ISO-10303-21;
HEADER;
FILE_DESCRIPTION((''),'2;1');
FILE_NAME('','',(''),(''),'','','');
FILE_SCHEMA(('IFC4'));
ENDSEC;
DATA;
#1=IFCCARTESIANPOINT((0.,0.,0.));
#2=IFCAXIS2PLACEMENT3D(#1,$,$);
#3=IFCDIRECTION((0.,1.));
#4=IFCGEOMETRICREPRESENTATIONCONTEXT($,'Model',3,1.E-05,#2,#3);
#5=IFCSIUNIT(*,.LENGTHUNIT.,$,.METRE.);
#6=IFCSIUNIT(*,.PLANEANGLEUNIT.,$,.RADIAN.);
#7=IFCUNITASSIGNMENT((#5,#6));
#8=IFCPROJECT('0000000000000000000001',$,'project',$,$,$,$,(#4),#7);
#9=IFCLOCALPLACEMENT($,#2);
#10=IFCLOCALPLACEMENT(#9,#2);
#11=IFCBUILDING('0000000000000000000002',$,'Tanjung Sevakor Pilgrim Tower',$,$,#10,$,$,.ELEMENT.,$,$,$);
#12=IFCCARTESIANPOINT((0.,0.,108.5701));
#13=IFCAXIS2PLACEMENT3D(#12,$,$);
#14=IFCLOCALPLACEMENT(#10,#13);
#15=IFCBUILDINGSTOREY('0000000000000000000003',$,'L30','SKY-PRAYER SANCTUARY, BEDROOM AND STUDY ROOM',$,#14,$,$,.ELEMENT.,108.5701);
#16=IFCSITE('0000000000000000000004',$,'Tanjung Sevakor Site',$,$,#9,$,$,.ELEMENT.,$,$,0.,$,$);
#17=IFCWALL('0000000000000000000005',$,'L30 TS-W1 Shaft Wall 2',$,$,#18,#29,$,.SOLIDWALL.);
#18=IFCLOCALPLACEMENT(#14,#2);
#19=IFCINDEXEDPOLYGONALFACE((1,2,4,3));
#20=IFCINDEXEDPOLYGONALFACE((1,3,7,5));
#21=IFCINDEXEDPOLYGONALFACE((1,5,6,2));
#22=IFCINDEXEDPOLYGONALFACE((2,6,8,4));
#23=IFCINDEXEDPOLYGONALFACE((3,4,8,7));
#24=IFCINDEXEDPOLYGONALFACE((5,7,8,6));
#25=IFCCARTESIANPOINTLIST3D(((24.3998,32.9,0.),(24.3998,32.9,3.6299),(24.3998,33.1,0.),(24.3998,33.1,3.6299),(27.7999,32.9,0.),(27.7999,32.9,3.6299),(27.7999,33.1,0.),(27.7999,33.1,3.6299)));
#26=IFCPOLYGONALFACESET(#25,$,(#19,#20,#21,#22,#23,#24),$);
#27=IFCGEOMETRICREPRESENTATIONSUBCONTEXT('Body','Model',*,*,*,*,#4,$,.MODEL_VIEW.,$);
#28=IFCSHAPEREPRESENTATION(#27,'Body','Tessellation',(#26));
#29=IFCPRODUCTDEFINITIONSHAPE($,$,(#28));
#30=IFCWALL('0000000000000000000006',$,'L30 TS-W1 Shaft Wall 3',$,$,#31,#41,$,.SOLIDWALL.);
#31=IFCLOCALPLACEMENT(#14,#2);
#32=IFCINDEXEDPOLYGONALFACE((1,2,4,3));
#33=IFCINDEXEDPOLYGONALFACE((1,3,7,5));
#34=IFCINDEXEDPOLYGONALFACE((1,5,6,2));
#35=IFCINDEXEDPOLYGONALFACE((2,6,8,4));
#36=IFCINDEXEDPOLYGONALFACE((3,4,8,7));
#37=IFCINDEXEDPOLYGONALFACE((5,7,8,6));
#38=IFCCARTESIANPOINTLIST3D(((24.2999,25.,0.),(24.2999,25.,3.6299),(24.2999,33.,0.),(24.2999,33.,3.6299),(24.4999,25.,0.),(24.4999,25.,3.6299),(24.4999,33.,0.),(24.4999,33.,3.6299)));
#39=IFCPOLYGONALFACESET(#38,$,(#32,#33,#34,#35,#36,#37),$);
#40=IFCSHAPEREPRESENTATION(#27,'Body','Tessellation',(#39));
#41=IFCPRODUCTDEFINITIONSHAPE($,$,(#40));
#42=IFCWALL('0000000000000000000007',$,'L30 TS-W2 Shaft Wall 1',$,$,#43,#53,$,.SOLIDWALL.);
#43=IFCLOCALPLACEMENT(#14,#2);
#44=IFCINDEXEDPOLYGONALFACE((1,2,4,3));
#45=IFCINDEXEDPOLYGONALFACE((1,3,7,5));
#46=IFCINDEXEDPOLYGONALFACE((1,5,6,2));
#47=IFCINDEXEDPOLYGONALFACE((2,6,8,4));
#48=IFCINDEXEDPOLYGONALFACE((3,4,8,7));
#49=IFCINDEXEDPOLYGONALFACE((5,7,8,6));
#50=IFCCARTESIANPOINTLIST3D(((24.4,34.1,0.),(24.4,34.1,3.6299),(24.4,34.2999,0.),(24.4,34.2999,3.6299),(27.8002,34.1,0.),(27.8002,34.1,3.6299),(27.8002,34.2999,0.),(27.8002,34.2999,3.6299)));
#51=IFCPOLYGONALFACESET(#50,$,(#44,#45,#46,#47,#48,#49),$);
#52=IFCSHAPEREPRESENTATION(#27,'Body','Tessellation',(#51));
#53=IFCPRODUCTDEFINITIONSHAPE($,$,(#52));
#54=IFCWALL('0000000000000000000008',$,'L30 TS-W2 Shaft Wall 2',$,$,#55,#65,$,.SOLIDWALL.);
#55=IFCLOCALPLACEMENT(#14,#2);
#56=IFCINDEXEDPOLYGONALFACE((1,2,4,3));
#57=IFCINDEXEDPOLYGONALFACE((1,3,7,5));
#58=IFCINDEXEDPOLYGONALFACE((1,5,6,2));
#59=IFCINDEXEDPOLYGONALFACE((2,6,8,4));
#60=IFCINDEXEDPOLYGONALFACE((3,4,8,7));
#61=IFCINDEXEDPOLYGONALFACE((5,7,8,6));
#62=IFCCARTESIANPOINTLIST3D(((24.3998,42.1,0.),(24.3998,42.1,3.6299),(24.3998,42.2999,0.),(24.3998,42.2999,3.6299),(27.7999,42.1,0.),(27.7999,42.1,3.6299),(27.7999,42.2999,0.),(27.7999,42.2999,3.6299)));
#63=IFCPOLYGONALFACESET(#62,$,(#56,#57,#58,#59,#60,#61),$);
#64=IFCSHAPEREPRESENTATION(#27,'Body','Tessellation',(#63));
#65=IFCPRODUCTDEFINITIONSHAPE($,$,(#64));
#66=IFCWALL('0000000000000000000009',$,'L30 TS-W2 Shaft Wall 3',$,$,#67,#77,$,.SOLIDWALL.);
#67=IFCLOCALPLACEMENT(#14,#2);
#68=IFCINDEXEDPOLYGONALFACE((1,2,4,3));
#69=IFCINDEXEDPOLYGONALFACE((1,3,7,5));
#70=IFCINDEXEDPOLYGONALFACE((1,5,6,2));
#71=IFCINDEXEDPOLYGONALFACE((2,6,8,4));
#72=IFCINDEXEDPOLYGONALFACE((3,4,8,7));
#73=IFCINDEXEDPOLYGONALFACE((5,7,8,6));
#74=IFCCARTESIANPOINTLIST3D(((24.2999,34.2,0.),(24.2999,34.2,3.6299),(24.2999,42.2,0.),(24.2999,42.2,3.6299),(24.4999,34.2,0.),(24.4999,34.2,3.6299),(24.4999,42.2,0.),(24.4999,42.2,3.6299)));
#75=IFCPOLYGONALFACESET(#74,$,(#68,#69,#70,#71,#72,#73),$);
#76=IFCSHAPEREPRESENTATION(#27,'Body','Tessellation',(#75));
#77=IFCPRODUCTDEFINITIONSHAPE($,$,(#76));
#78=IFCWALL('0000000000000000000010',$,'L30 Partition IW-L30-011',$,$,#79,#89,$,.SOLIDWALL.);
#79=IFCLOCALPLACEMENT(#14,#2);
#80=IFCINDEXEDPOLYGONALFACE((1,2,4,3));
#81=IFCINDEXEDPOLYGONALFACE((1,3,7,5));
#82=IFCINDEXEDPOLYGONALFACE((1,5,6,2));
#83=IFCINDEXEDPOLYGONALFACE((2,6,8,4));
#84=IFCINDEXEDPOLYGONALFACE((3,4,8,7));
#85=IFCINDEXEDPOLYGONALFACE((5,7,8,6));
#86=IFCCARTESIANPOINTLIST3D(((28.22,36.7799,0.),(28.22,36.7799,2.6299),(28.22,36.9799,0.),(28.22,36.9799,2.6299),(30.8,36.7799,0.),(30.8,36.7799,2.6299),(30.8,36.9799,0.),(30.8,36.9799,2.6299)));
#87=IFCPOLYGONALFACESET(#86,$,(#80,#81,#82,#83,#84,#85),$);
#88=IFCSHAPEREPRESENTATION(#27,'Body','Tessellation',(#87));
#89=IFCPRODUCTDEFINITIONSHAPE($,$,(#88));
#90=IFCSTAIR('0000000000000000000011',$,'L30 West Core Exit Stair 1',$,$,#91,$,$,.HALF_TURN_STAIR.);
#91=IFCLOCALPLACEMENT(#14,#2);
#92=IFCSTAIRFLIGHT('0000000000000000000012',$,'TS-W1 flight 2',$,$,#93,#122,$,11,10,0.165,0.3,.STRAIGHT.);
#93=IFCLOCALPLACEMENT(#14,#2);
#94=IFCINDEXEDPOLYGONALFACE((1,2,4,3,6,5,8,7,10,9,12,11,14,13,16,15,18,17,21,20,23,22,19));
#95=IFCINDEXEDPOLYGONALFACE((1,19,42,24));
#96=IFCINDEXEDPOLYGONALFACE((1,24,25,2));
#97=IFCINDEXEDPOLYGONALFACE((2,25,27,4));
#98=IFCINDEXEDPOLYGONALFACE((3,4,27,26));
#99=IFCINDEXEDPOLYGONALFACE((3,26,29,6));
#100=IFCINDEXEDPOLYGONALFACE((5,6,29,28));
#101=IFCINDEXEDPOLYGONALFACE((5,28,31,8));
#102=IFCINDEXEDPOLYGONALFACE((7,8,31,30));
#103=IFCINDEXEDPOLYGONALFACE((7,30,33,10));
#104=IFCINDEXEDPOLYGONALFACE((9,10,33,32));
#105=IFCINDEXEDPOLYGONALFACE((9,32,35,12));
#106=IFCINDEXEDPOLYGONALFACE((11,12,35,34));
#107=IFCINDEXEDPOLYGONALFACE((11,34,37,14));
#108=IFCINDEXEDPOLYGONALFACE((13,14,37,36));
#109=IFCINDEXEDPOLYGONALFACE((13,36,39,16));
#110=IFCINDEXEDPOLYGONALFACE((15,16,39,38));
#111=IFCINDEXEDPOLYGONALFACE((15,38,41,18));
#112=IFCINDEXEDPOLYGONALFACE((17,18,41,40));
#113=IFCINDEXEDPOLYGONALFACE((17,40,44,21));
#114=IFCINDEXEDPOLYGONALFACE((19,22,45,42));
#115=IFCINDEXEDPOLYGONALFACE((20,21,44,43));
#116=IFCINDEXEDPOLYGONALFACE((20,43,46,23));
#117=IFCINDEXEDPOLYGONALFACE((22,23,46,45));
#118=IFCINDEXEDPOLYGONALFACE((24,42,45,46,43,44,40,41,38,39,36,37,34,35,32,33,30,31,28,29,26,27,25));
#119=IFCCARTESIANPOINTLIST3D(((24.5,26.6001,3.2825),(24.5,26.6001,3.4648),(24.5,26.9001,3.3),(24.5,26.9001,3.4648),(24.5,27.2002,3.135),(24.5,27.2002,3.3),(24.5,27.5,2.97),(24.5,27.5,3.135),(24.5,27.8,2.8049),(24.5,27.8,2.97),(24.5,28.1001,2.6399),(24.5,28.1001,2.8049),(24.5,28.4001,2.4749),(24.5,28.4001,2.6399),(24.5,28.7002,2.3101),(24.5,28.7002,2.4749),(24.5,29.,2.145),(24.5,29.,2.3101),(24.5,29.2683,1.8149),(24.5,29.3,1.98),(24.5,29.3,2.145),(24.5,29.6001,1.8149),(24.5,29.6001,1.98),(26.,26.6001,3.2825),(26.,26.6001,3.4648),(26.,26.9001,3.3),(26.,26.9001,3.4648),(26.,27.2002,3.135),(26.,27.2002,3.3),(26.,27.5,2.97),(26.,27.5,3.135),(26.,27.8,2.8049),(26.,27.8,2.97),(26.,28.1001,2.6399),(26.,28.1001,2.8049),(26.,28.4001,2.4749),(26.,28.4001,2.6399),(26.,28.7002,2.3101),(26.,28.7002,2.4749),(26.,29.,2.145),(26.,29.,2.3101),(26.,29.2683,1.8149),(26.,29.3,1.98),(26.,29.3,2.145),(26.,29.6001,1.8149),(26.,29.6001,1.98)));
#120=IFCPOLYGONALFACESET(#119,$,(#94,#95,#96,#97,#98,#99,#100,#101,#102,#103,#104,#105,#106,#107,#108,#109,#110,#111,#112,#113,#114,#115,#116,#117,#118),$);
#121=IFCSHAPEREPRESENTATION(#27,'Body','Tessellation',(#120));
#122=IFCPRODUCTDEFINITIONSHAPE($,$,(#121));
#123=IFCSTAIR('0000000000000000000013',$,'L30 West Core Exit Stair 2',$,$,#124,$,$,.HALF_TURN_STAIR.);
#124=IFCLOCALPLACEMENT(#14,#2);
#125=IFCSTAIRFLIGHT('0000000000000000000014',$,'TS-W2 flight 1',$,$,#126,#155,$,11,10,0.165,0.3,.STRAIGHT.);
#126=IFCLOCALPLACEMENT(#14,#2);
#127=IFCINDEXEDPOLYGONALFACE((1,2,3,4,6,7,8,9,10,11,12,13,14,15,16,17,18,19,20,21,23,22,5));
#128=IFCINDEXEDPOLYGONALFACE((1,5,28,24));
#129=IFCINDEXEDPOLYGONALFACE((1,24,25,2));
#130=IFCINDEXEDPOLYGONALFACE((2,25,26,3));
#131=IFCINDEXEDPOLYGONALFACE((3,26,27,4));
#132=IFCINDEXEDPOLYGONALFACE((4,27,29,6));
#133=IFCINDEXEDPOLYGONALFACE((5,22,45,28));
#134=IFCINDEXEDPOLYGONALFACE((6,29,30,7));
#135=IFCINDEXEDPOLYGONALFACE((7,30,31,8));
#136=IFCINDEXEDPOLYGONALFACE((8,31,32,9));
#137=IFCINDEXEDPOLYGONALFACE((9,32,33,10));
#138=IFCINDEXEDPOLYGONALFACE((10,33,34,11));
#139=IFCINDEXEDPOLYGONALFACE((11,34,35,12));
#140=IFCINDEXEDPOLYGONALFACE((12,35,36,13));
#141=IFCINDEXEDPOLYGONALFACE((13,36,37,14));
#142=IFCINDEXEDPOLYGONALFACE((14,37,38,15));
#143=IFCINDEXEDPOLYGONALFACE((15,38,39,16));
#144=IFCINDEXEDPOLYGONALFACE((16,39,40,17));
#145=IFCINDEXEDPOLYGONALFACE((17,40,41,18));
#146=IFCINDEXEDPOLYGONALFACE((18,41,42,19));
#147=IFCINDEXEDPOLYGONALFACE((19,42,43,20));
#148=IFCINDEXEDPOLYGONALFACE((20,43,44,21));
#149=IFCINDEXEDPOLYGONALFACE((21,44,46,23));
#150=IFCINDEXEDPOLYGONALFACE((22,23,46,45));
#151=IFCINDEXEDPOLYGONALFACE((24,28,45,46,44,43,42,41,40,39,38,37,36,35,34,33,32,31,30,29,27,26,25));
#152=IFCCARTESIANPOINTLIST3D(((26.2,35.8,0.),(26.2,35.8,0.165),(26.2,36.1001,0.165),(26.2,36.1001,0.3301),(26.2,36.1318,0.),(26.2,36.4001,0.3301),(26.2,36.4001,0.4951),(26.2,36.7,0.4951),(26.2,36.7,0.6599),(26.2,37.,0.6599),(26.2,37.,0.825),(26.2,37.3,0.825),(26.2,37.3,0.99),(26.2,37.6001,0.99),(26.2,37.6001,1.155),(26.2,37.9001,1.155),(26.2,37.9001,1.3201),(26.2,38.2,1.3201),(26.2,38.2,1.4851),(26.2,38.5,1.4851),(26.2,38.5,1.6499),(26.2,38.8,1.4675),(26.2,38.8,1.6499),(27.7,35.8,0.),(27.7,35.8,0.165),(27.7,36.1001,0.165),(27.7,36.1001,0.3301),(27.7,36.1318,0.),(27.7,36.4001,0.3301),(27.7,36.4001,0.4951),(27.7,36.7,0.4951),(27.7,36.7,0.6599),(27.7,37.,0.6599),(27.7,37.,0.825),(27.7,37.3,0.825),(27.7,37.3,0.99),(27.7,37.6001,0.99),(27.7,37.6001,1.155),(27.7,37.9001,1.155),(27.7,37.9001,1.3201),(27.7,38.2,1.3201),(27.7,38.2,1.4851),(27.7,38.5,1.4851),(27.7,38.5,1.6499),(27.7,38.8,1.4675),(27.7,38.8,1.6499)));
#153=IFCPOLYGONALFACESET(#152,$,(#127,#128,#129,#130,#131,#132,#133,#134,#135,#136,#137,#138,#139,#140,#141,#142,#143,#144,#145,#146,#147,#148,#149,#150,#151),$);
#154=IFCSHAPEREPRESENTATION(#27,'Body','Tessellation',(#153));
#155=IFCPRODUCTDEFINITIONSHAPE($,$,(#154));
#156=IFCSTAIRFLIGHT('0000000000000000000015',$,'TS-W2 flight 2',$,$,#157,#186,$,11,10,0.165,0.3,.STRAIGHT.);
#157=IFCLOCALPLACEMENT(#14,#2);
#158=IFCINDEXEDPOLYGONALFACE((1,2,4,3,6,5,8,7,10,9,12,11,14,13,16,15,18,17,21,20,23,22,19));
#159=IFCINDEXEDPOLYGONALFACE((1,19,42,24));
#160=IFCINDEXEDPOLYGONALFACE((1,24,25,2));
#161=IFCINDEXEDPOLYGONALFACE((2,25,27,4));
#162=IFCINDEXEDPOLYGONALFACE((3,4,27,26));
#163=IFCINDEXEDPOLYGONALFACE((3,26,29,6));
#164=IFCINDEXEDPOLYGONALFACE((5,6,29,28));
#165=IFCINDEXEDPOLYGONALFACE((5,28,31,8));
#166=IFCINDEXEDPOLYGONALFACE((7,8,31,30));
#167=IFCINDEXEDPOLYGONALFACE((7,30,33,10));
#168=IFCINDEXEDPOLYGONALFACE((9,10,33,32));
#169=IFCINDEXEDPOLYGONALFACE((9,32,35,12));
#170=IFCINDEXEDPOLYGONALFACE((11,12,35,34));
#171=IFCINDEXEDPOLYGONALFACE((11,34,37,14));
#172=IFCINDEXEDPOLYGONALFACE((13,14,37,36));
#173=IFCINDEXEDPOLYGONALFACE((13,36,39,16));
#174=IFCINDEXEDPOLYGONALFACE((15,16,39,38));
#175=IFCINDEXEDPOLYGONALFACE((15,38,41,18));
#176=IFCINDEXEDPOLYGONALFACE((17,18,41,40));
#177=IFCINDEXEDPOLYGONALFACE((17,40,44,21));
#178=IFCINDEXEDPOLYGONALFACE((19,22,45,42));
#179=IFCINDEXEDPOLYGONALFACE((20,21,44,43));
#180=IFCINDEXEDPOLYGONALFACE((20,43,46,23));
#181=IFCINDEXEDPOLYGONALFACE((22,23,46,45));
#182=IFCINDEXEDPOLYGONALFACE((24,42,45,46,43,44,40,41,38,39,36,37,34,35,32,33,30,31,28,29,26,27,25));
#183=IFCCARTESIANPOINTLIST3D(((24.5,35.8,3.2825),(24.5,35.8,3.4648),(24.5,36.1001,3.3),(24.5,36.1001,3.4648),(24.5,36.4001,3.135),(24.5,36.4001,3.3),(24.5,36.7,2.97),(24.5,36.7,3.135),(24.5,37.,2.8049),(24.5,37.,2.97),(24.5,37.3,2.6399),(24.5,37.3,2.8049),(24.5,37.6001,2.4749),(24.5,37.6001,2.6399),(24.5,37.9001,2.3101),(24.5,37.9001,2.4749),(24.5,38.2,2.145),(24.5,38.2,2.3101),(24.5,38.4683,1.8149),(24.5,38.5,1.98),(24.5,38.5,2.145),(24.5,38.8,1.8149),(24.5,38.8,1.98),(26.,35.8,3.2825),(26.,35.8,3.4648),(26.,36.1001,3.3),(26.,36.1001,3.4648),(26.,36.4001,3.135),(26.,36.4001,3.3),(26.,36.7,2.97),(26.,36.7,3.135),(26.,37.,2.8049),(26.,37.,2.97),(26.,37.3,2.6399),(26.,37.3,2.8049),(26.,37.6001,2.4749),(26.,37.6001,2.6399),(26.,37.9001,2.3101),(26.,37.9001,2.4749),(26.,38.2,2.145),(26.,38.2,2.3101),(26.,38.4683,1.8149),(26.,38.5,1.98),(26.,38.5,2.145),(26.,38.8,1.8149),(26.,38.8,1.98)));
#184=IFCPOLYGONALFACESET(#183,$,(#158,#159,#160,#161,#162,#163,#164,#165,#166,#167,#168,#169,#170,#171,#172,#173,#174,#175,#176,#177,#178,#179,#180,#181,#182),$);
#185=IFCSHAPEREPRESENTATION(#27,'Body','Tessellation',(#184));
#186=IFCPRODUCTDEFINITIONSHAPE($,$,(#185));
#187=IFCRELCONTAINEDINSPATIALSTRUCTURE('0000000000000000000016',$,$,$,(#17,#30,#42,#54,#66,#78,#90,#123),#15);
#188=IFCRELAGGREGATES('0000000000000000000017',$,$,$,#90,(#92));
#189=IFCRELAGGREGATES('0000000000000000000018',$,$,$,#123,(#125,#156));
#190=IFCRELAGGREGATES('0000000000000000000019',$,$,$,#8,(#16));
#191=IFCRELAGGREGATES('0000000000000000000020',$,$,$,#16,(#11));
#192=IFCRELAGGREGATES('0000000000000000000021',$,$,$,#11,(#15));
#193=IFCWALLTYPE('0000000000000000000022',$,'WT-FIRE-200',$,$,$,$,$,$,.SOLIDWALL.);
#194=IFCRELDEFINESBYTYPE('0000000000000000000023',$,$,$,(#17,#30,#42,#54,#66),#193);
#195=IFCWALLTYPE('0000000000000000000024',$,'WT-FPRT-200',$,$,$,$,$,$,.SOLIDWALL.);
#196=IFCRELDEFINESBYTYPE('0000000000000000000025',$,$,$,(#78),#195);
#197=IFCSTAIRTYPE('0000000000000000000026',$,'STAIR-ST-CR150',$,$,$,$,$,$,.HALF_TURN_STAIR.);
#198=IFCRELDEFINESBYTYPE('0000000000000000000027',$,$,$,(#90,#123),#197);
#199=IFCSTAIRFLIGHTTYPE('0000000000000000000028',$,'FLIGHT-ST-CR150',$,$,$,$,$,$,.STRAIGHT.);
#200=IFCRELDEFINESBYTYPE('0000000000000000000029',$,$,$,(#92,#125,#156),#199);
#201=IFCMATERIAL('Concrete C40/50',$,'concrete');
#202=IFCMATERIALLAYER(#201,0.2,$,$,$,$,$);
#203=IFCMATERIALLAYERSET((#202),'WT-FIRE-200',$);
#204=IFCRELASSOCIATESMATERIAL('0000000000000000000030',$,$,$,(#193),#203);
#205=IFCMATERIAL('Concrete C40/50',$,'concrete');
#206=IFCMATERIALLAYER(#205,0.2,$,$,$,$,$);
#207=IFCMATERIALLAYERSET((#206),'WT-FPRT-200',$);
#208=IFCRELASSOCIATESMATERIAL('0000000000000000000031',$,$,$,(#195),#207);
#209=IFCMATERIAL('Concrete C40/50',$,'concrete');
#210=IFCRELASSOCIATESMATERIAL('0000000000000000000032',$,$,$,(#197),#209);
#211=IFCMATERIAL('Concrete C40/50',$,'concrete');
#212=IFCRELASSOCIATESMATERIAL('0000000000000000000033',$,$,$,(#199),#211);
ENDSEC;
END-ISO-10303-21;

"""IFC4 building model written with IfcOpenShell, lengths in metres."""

from ifc_helpers import new_model, si_unit, direction, frame, frame_2d, origin, place, context, subcontext, project, spatial, polyline, rectangle, outline, extrude, material, layer, layer_set, type_object, element, aggregate, save


model = new_model("IFC4")

# Units and contexts
model_context = context("Model", 3, precision=1e-05, world=origin(), true_north=direction((0.0, 1.0)))
body_context = subcontext(model_context, "Body", "Model", "MODEL_VIEW")
ifc_project = project(units=[si_unit("LENGTHUNIT", "METRE"), si_unit("PLANEANGLEUNIT", "RADIAN")], contexts=[model_context])

# Site, building, storey
site_placement = place(None, origin())
site = spatial("IfcSite", under=ifc_project, at=site_placement, Name="Tanjung Sevakor Site", CompositionType="ELEMENT", RefElevation=0.0)
building_placement = place(site_placement, origin())
building = spatial("IfcBuilding", under=site, at=building_placement, Name="Tanjung Sevakor Pilgrim Tower", CompositionType="ELEMENT")
storey_placement = place(building_placement, frame((0.0, 0.0, 108.5701)))
storey = spatial("IfcBuildingStorey", under=building, at=storey_placement, Name="L30", Description="SKY-PRAYER SANCTUARY, BEDROOM AND STUDY ROOM", CompositionType="ELEMENT", Elevation=108.5701)

# Walls
ifc_material_1 = material(Name="Concrete C40/50", Category="concrete")
ifc_layer_1 = layer(ifc_material_1, 0.2)
ifc_layer_set_1 = layer_set([ifc_layer_1], Name="WT-FIRE-200")
wall_type_1 = type_object("IfcWallType", Name="WT-FIRE-200", PredefinedType="SOLIDWALL", material=ifc_layer_set_1)
wall_1_placement = place(storey_placement, frame((27.8, 33.0, 0.0), z_axis=(0.0, 0.0, 1.0), x_axis=(-1.0, 0.0, 0.0)))
element("IfcWall", 1, at=wall_1_placement, inside=storey, type_object=wall_type_1, Name="L30 TS-W1 Shaft Wall 2", PredefinedType="SOLIDWALL", context=body_context, shape_type="SweptSolid", body=[
    extrude(rectangle(XDim=3.4001, YDim=0.2, at=frame_2d((1.7002, 0.0))), origin(), (0.0, 0.0, 1.0), 3.6299),
])
wall_2_placement = place(storey_placement, frame((24.3999, 33.0, 0.0), z_axis=(0.0, 0.0, 1.0), x_axis=(0.0, -1.0, 0.0)))
element("IfcWall", 2, at=wall_2_placement, inside=storey, type_object=wall_type_1, Name="L30 TS-W1 Shaft Wall 3", PredefinedType="SOLIDWALL", context=body_context, shape_type="SweptSolid", body=[
    extrude(rectangle(XDim=8.0, YDim=0.2, at=frame_2d((4.0, 0.0))), origin(), (0.0, 0.0, 1.0), 3.6299),
])
for number, where, z_axis, x_axis, name in (
    (3, (24.3999, 34.2, 0.0), (0.0, 0.0, 1.0), (1.0, 0.0, 0.0), "L30 TS-W2 Shaft Wall 1"),
    (4, (27.8, 42.2, 0.0), (0.0, 0.0, 1.0), (-1.0, 0.0, 0.0), "L30 TS-W2 Shaft Wall 2"),
):
    element("IfcWall", number, at=place(storey_placement, frame(where, z_axis=z_axis, x_axis=x_axis)), inside=storey, type_object=wall_type_1, Name=name, PredefinedType="SOLIDWALL", context=body_context, shape_type="SweptSolid", body=[
        extrude(rectangle(XDim=3.4001, YDim=0.2, at=frame_2d((1.7002, 0.0))), origin(), (0.0, 0.0, 1.0), 3.6299),
    ])
wall_3_placement = place(storey_placement, frame((24.3999, 42.2, 0.0), z_axis=(0.0, 0.0, 1.0), x_axis=(0.0, -1.0, 0.0)))
element("IfcWall", 5, at=wall_3_placement, inside=storey, type_object=wall_type_1, Name="L30 TS-W2 Shaft Wall 3", PredefinedType="SOLIDWALL", context=body_context, shape_type="SweptSolid", body=[
    extrude(rectangle(XDim=8.0, YDim=0.2, at=frame_2d((4.0, 0.0))), origin(), (0.0, 0.0, 1.0), 3.6299),
])
ifc_material_2 = material(Name="Concrete C40/50", Category="concrete")
ifc_layer_2 = layer(ifc_material_2, 0.2)
ifc_layer_set_2 = layer_set([ifc_layer_2], Name="WT-FPRT-200")
wall_type_2 = type_object("IfcWallType", Name="WT-FPRT-200", PredefinedType="SOLIDWALL", material=ifc_layer_set_2)
wall_4_placement = place(storey_placement, frame((28.22, 36.8799, 0.0), z_axis=(0.0, 0.0, 1.0), x_axis=(1.0, 0.0, 0.0)))
element("IfcWall", 6, at=wall_4_placement, inside=storey, type_object=wall_type_2, Name="L30 Partition IW-L30-011", PredefinedType="SOLIDWALL", context=body_context, shape_type="SweptSolid", body=[
    extrude(rectangle(XDim=2.5801, YDim=0.2, at=frame_2d((1.29, 0.0))), origin(), (0.0, 0.0, 1.0), 2.6299),
])

# Stair, stair flight
ifc_material_3 = material(Name="Concrete C40/50", Category="concrete")
stair_type = type_object("IfcStairType", Name="STAIR-ST-CR150", PredefinedType="HALF_TURN_STAIR", material=ifc_material_3)
stair_1_placement = place(storey_placement, origin())
stair_1 = element("IfcStair", 7, at=stair_1_placement, inside=storey, type_object=stair_type, Name="L30 West Core Exit Stair 1", PredefinedType="HALF_TURN_STAIR")
ifc_material_4 = material(Name="Concrete C40/50", Category="concrete")
stair_flight_type = type_object("IfcStairFlightType", Name="FLIGHT-ST-CR150", PredefinedType="STRAIGHT", material=ifc_material_4)
stair_flight_1_placement = place(storey_placement, frame((25.25, 29.6001, 1.8149), z_axis=(0.0, 0.0, 1.0), x_axis=(0.0, -1.0, 0.0)))
stair_flight_1 = element("IfcStairFlight", 8, at=stair_flight_1_placement, type_object=stair_flight_type, Name="TS-W1 flight 2", NumberOfRisers=11, NumberOfTreads=10, PredefinedType="STRAIGHT", RiserHeight=0.165, TreadLength=0.3, context=body_context, shape_type="SweptSolid", body=[
    extrude(outline(polyline([(0.0, 0.0), (0.0, 0.165), (0.3, 0.165), (0.3, 0.3301), (0.6001, 0.3301), (0.6001, 0.4951), (0.8999, 0.4951), (0.8999, 0.6599), (1.2, 0.6599), (1.2, 0.825), (1.5, 0.825), (1.5, 0.99), (1.8, 0.99), (1.8, 1.155), (2.1001, 1.155), (2.1001, 1.3201), (2.3999, 1.3201), (2.3999, 1.4851), (2.7, 1.4851), (2.7, 1.6499), (3.0, 1.6499), (3.0, 1.8149), (3.0, 1.4675), (0.3318, 0.0), (0.0, 0.0)])), frame((0.0, 0.75, 0.0), z_axis=(0.0, -1.0, 0.0), x_axis=(1.0, 0.0, 0.0)), (0.0, 0.0, 1.0), 1.5),
])
aggregate(stair_1, [stair_flight_1])

# Stair, stair flights
stair_2_placement = place(storey_placement, origin())
stair_2 = element("IfcStair", 9, at=stair_2_placement, inside=storey, type_object=stair_type, Name="L30 West Core Exit Stair 2", PredefinedType="HALF_TURN_STAIR")
stair_flight_2_placement = place(storey_placement, frame((26.95, 35.8, 0.0), z_axis=(0.0, 0.0, 1.0), x_axis=(0.0, 1.0, 0.0)))
stair_flight_2 = element("IfcStairFlight", 10, at=stair_flight_2_placement, type_object=stair_flight_type, Name="TS-W2 flight 1", NumberOfRisers=11, NumberOfTreads=10, PredefinedType="STRAIGHT", RiserHeight=0.165, TreadLength=0.3, context=body_context, shape_type="SweptSolid", body=[
    extrude(outline(polyline([(0.0, 0.0), (0.0, 0.165), (0.3, 0.165), (0.3, 0.3301), (0.6001, 0.3301), (0.6001, 0.4951), (0.8999, 0.4951), (0.8999, 0.6599), (1.2, 0.6599), (1.2, 0.825), (1.5, 0.825), (1.5, 0.99), (1.8, 0.99), (1.8, 1.155), (2.1001, 1.155), (2.1001, 1.3201), (2.3999, 1.3201), (2.3999, 1.4851), (2.7, 1.4851), (2.7, 1.6499), (3.0, 1.6499), (3.0, 1.8149), (3.0, 1.4675), (0.3318, 0.0), (0.0, 0.0)])), frame((0.0, 0.75, 0.0), z_axis=(0.0, -1.0, 0.0), x_axis=(1.0, 0.0, 0.0)), (0.0, 0.0, 1.0), 1.5),
])
stair_flight_3_placement = place(storey_placement, frame((25.25, 38.8, 1.8149), z_axis=(0.0, 0.0, 1.0), x_axis=(0.0, -1.0, 0.0)))
stair_flight_3 = element("IfcStairFlight", 11, at=stair_flight_3_placement, type_object=stair_flight_type, Name="TS-W2 flight 2", NumberOfRisers=11, NumberOfTreads=10, PredefinedType="STRAIGHT", RiserHeight=0.165, TreadLength=0.3, context=body_context, shape_type="SweptSolid", body=[
    extrude(outline(polyline([(0.0, 0.0), (0.0, 0.165), (0.3, 0.165), (0.3, 0.3301), (0.6001, 0.3301), (0.6001, 0.4951), (0.8999, 0.4951), (0.8999, 0.6599), (1.2, 0.6599), (1.2, 0.825), (1.5, 0.825), (1.5, 0.99), (1.8, 0.99), (1.8, 1.155), (2.1001, 1.155), (2.1001, 1.3201), (2.3999, 1.3201), (2.3999, 1.4851), (2.7, 1.4851), (2.7, 1.6499), (3.0, 1.6499), (3.0, 1.8149), (3.0, 1.4675), (0.3318, 0.0), (0.0, 0.0)])), frame((0.0, 0.75, 0.0), z_axis=(0.0, -1.0, 0.0), x_axis=(1.0, 0.0, 0.0)), (0.0, 0.0, 1.0), 1.5),
])
aggregate(stair_2, [stair_flight_2, stair_flight_3])

save(model, "model.ifc")
